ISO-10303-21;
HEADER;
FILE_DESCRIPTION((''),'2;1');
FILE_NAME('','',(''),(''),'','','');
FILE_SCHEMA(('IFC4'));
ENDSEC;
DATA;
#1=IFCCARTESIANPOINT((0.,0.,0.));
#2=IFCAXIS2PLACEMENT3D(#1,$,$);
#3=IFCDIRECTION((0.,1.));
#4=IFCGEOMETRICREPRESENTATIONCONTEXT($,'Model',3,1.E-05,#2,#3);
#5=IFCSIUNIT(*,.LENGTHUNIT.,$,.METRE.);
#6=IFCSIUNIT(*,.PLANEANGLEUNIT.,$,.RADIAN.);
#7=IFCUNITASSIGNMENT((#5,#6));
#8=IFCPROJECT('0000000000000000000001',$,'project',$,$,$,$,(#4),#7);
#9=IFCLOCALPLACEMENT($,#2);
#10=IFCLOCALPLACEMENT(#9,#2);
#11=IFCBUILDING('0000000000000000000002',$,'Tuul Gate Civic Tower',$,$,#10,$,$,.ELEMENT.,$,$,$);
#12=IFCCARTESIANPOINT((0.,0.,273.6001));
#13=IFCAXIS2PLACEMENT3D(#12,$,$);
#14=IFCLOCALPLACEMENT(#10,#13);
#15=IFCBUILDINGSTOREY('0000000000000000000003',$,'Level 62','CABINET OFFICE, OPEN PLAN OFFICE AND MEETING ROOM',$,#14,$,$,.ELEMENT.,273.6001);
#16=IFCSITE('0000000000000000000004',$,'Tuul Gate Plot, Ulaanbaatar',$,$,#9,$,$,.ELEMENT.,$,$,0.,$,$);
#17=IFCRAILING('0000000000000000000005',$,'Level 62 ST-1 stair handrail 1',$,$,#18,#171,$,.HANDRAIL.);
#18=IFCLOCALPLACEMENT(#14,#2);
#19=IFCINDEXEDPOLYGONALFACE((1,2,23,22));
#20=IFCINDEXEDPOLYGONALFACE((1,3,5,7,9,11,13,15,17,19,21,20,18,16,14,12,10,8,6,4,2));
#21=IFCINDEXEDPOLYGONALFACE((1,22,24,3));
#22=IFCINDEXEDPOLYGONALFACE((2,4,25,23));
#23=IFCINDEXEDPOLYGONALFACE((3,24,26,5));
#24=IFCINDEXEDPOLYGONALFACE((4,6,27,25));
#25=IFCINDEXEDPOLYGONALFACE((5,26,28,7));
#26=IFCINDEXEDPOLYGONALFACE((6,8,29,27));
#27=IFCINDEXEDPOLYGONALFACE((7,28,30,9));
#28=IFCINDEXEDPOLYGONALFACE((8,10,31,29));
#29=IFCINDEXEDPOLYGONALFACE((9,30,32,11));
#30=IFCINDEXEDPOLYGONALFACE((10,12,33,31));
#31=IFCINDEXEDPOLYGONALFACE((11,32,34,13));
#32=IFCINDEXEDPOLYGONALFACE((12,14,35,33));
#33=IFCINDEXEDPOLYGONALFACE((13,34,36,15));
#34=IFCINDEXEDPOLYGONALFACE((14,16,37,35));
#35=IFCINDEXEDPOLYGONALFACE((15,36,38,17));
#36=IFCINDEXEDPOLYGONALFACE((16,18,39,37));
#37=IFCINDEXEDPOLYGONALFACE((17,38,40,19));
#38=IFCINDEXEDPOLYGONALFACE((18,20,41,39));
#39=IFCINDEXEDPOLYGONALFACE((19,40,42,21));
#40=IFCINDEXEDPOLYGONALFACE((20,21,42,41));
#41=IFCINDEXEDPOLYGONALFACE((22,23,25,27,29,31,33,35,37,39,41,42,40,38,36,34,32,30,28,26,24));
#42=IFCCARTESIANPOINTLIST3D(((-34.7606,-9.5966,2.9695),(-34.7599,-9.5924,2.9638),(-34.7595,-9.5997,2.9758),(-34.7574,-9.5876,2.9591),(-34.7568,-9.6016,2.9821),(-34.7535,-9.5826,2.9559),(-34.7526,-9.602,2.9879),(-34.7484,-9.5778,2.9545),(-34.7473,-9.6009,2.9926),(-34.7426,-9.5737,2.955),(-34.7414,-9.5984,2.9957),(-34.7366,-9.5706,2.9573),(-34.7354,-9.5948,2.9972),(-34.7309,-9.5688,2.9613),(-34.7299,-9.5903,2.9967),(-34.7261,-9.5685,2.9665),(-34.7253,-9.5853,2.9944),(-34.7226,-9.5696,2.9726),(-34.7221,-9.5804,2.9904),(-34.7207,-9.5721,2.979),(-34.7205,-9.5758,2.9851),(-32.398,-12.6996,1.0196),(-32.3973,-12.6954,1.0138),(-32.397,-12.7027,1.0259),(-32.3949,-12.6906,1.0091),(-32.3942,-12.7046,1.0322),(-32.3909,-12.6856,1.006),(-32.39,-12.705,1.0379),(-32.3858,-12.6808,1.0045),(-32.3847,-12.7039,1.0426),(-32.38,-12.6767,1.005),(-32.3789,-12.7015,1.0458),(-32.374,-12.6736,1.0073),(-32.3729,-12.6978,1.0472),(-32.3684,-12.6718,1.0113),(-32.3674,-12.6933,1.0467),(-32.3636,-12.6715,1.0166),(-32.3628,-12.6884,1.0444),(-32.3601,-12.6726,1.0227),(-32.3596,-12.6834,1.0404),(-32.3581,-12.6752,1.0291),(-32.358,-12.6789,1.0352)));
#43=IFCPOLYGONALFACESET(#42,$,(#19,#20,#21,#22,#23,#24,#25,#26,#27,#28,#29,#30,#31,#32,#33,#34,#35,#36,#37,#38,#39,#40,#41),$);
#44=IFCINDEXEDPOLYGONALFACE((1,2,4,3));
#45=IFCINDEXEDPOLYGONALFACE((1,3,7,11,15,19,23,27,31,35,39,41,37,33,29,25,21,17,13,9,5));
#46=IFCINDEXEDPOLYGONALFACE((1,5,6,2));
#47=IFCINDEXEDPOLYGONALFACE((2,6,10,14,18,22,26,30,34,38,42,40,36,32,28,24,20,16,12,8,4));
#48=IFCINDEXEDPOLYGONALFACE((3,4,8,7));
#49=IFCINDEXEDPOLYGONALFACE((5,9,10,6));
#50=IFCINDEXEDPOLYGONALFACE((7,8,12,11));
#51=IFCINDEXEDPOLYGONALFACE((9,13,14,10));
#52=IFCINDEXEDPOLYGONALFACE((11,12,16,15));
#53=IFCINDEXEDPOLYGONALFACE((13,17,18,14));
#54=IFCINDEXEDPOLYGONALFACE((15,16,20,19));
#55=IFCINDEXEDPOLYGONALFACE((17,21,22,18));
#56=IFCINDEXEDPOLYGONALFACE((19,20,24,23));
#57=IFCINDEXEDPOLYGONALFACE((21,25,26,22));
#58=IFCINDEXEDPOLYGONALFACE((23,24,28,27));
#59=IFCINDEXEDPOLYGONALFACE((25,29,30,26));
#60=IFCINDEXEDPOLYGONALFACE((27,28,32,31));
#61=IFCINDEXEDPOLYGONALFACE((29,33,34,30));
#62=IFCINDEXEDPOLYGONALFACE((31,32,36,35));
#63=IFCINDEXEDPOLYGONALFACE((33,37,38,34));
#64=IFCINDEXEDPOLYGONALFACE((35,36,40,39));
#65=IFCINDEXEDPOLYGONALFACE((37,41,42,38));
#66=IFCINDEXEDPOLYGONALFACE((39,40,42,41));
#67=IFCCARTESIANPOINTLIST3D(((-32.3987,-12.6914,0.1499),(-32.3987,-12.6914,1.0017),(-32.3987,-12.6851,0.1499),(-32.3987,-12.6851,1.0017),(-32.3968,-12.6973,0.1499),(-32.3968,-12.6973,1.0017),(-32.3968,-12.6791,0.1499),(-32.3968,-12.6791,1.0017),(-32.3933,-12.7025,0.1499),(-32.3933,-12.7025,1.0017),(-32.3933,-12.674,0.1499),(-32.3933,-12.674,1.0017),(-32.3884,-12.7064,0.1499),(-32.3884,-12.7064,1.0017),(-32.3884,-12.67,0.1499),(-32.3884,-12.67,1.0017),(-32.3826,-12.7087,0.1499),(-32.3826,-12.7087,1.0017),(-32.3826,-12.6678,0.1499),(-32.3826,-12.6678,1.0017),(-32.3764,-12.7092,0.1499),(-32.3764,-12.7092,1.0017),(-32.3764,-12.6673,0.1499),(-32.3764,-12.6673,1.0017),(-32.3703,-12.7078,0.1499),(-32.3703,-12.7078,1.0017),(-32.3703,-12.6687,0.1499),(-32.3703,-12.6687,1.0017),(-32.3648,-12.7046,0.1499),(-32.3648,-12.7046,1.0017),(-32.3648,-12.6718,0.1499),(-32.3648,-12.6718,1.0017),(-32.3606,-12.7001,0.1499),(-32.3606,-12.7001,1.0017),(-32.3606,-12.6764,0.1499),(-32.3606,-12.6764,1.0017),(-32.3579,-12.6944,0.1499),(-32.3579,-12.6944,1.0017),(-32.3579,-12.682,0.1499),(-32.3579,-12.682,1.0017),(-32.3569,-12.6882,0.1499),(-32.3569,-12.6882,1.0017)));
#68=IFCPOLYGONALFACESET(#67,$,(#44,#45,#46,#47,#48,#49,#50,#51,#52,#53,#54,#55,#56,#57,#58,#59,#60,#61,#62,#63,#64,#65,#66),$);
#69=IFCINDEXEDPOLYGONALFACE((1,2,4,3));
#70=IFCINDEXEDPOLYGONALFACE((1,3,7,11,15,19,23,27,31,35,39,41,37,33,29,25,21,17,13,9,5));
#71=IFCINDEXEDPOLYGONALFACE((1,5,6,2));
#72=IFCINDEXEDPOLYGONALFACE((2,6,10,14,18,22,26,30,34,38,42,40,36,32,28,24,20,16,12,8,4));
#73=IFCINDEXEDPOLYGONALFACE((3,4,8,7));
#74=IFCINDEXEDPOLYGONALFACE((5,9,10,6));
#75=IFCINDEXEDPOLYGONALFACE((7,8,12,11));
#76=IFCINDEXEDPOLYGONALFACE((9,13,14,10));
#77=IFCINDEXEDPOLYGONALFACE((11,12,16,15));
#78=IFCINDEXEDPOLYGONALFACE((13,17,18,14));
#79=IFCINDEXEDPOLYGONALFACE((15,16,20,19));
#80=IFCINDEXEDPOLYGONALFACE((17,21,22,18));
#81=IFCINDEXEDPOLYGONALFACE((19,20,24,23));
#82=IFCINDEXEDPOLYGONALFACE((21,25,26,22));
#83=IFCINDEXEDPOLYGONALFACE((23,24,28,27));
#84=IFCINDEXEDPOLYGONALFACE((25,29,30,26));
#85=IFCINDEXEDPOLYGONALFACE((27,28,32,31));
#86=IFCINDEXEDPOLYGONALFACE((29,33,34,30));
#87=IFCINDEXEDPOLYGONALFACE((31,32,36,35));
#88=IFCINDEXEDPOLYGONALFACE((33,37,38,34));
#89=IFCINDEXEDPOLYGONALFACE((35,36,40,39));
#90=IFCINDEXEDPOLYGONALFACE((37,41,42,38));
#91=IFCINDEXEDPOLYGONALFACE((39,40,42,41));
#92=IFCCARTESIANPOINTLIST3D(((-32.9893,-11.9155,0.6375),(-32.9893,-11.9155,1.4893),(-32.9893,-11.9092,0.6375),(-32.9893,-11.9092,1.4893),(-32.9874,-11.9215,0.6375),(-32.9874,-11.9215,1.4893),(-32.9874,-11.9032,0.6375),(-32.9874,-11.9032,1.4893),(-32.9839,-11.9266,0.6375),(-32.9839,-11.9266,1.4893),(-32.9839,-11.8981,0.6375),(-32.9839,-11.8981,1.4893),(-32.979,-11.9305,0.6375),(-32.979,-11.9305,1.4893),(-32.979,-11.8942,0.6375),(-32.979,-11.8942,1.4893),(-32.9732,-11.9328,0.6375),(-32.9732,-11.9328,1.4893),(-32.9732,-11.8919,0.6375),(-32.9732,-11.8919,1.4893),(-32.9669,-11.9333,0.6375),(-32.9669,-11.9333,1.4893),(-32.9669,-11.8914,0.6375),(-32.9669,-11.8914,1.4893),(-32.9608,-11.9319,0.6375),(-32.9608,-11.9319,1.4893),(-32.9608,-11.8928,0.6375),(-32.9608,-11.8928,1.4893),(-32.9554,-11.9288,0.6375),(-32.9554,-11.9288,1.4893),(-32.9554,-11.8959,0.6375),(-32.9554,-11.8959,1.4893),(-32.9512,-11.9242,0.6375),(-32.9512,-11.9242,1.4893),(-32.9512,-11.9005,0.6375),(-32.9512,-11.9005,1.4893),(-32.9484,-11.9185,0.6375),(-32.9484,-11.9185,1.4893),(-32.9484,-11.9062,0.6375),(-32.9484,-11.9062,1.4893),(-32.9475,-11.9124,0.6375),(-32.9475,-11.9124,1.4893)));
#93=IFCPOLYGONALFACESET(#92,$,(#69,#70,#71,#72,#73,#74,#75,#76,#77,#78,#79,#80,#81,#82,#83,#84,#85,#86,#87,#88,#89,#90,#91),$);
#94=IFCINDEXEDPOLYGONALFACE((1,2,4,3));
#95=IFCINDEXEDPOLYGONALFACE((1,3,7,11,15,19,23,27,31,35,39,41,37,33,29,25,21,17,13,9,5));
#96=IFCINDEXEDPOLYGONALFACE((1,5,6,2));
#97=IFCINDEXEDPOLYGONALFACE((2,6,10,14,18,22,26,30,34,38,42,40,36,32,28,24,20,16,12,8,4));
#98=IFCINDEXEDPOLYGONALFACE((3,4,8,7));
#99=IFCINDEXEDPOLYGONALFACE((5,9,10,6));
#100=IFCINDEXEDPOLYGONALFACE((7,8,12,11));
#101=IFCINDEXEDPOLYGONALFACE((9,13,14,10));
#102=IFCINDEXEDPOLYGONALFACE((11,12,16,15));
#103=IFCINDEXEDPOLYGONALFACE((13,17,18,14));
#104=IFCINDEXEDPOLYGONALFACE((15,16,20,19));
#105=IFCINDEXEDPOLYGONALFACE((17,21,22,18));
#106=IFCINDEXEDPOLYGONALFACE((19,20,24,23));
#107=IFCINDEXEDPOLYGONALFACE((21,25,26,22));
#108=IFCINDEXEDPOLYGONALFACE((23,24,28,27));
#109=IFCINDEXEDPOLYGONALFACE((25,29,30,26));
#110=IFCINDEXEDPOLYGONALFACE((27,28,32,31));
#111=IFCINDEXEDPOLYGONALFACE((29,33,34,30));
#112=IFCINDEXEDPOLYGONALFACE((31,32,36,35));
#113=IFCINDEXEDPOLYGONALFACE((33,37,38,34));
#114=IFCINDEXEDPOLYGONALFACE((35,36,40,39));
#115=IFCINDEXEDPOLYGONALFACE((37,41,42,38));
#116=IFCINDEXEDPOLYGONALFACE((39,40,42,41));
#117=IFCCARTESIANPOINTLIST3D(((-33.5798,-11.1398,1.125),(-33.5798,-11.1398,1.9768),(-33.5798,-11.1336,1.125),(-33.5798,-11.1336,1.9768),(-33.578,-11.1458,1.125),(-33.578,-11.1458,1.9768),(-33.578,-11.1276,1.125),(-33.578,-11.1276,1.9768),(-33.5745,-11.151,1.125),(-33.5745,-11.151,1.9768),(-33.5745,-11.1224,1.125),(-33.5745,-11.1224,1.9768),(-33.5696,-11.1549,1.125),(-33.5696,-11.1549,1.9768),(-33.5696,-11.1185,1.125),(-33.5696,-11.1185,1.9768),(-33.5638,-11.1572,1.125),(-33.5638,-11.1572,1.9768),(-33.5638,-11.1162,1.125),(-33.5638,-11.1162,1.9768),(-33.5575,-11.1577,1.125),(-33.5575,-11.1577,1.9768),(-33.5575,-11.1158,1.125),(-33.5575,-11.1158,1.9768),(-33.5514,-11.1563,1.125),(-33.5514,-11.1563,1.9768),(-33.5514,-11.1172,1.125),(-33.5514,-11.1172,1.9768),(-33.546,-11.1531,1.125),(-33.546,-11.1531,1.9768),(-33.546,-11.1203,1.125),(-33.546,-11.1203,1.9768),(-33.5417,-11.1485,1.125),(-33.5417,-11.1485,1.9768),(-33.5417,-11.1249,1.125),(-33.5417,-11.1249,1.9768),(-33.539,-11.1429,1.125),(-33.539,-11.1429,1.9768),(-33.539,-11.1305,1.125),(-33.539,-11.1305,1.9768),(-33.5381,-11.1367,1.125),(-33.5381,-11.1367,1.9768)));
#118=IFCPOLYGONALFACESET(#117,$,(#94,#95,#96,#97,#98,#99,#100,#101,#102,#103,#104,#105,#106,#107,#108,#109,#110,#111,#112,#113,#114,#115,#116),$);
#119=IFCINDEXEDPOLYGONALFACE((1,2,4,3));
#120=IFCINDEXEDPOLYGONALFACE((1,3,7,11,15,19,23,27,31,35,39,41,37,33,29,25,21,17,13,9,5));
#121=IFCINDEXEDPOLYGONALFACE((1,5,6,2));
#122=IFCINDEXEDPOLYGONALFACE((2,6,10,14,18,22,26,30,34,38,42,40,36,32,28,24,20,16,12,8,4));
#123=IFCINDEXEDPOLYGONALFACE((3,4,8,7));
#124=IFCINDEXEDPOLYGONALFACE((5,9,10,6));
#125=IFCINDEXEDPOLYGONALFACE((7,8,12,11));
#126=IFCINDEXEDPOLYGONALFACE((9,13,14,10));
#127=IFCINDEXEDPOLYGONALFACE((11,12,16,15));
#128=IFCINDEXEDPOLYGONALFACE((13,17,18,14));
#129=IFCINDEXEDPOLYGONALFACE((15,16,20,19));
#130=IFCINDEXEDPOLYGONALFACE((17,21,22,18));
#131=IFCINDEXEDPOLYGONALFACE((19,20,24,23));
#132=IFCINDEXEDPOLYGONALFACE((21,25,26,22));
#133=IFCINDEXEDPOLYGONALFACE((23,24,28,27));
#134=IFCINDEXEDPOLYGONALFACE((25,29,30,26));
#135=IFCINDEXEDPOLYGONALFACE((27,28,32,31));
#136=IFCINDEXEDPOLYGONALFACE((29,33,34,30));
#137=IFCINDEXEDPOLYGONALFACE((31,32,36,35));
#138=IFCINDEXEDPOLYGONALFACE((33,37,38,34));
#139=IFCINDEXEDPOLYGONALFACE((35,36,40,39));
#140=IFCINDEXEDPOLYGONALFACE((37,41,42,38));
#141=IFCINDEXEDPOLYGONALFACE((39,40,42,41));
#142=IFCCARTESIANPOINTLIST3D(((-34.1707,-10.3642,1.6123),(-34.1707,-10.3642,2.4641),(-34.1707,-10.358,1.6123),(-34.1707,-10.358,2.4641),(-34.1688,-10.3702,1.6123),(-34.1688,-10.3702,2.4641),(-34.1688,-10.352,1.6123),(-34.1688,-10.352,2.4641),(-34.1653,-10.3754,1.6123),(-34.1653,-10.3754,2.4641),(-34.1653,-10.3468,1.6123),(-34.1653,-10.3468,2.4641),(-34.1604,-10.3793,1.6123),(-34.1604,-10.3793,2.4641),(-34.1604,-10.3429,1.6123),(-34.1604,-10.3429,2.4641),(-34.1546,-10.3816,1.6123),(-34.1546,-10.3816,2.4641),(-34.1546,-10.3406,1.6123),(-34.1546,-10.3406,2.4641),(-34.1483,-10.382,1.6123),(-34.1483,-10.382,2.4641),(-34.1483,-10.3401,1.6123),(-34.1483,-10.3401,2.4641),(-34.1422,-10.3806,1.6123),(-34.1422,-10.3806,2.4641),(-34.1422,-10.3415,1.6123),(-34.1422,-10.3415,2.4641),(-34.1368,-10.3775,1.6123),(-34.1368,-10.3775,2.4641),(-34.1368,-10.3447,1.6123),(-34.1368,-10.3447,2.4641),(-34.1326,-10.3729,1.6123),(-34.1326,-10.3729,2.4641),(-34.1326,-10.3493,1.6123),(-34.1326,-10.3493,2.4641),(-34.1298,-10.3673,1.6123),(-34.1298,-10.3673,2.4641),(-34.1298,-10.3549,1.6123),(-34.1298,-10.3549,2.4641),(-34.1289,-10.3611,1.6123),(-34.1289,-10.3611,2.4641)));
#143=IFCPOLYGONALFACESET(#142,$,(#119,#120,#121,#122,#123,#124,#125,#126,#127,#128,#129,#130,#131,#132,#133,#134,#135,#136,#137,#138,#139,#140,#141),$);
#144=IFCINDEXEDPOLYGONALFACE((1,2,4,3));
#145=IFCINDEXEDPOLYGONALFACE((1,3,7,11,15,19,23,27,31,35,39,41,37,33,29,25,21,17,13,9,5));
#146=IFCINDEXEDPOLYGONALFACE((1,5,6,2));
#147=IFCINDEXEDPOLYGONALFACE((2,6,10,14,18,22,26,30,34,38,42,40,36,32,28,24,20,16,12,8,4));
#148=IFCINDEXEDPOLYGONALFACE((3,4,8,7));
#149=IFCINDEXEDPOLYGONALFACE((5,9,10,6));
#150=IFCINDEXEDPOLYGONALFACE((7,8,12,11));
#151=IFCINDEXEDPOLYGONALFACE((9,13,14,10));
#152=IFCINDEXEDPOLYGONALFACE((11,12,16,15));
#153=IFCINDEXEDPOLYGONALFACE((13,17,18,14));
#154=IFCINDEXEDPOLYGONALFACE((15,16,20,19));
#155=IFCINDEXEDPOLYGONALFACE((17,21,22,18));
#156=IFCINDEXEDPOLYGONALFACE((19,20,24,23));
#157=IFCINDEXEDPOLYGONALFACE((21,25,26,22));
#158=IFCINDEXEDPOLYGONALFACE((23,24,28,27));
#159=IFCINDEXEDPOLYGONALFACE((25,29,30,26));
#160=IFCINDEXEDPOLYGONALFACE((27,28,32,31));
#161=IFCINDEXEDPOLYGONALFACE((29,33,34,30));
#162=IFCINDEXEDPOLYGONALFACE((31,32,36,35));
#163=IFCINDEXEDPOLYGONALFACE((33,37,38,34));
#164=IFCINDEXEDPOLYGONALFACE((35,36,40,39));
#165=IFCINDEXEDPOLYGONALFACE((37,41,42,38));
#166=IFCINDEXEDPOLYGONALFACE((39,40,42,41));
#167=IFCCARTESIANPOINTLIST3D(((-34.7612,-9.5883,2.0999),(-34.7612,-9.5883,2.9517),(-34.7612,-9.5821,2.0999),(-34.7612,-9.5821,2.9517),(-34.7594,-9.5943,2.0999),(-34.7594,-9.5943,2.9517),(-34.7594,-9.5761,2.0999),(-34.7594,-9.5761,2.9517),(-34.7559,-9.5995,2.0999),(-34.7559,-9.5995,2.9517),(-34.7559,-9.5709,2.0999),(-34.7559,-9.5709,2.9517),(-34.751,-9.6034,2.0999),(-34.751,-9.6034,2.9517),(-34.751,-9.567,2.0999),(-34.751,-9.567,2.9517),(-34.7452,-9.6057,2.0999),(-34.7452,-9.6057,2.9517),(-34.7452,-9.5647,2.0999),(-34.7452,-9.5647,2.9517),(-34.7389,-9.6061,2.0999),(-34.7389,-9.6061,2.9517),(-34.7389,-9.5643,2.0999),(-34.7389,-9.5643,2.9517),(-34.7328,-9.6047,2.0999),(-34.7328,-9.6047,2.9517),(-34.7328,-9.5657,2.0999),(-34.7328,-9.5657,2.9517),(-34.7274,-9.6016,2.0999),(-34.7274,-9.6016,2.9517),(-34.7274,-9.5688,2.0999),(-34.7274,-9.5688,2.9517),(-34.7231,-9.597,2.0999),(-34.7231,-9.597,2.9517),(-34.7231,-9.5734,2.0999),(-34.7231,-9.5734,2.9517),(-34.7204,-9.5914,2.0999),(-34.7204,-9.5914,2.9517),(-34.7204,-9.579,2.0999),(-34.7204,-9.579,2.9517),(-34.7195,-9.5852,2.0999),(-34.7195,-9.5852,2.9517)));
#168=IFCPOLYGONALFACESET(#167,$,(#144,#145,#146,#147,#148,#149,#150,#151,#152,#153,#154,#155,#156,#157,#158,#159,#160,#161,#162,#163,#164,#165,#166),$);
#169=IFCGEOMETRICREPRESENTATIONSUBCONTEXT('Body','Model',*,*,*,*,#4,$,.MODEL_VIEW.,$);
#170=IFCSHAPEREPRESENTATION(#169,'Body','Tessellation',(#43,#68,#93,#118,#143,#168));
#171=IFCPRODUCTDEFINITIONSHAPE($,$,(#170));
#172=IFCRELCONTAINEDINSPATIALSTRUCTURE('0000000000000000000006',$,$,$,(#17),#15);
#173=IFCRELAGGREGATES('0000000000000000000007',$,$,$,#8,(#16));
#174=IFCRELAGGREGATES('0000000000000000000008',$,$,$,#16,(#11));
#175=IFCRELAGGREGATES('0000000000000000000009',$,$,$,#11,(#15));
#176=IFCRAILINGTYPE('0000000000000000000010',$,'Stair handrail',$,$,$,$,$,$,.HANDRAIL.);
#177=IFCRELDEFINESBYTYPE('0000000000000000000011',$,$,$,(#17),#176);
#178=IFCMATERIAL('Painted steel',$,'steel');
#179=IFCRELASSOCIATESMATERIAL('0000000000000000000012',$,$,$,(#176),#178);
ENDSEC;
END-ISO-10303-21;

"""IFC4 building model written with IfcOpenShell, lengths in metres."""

from ifc_helpers import new_model, si_unit, direction, frame, origin, origin_2d, place, context, subcontext, project, spatial, circle, extrude, material, type_object, element, save


model = new_model("IFC4")

# Units and contexts
model_context = context("Model", 3, precision=1e-05, world=origin(), true_north=direction((0.0, 1.0)))
body_context = subcontext(model_context, "Body", "Model", "MODEL_VIEW")
ifc_project = project(units=[si_unit("LENGTHUNIT", "METRE"), si_unit("PLANEANGLEUNIT", "RADIAN")], contexts=[model_context])

# Site, building, storey
site_placement = place(None, origin())
site = spatial("IfcSite", under=ifc_project, at=site_placement, Name="Tuul Gate Plot, Ulaanbaatar", CompositionType="ELEMENT", RefElevation=0.0)
building_placement = place(site_placement, origin())
building = spatial("IfcBuilding", under=site, at=building_placement, Name="Tuul Gate Civic Tower", CompositionType="ELEMENT")
storey_placement = place(building_placement, frame((0.0, 0.0, 273.6001)))
storey = spatial("IfcBuildingStorey", under=building, at=storey_placement, Name="Level 62", Description="CABINET OFFICE, OPEN PLAN OFFICE AND MEETING ROOM", CompositionType="ELEMENT", Elevation=273.6001)

# Railing
ifc_material_1 = material(Name="Painted steel", Category="steel")
railing_type_1 = type_object("IfcRailingType", Name="Stair handrail", PredefinedType="HANDRAIL", material=ifc_material_1)
railing_1_placement = place(storey_placement, frame((-32.3779, -12.6882, 0.1499)))
element("IfcRailing", 1, at=railing_1_placement, inside=storey, type_object=railing_type_1, Name="Level 62 ST-1 stair handrail 1", PredefinedType="HANDRAIL", context=body_context, shape_type="SweptSolid", body=[
    extrude(circle(Radius=0.0239, at=origin_2d()), frame((0.0, 0.0, 0.876), z_axis=(-0.541824, 0.711645, 0.4472), x_axis=(-0.795637, -0.605773, 0.0)), (0.0, 0.0, 1.0), 4.3604),
    extrude(circle(Radius=0.021, at=origin_2d()), origin(), (0.0, 0.0, 1.0), 0.8518),
    extrude(circle(Radius=0.021, at=origin_2d()), frame((-0.5906, 0.7759, 0.4875)), (0.0, 0.0, 1.0), 0.8518),
    extrude(circle(Radius=0.021, at=origin_2d()), frame((-1.1812, 1.5515, 0.9751)), (0.0, 0.0, 1.0), 0.8518),
    extrude(circle(Radius=0.021, at=origin_2d()), frame((-1.772, 2.3271, 1.4624)), (0.0, 0.0, 1.0), 0.8518),
    extrude(circle(Radius=0.021, at=origin_2d()), frame((-2.3625, 3.103, 1.95)), (0.0, 0.0, 1.0), 0.8518),
])

save(model, "model.ifc")
